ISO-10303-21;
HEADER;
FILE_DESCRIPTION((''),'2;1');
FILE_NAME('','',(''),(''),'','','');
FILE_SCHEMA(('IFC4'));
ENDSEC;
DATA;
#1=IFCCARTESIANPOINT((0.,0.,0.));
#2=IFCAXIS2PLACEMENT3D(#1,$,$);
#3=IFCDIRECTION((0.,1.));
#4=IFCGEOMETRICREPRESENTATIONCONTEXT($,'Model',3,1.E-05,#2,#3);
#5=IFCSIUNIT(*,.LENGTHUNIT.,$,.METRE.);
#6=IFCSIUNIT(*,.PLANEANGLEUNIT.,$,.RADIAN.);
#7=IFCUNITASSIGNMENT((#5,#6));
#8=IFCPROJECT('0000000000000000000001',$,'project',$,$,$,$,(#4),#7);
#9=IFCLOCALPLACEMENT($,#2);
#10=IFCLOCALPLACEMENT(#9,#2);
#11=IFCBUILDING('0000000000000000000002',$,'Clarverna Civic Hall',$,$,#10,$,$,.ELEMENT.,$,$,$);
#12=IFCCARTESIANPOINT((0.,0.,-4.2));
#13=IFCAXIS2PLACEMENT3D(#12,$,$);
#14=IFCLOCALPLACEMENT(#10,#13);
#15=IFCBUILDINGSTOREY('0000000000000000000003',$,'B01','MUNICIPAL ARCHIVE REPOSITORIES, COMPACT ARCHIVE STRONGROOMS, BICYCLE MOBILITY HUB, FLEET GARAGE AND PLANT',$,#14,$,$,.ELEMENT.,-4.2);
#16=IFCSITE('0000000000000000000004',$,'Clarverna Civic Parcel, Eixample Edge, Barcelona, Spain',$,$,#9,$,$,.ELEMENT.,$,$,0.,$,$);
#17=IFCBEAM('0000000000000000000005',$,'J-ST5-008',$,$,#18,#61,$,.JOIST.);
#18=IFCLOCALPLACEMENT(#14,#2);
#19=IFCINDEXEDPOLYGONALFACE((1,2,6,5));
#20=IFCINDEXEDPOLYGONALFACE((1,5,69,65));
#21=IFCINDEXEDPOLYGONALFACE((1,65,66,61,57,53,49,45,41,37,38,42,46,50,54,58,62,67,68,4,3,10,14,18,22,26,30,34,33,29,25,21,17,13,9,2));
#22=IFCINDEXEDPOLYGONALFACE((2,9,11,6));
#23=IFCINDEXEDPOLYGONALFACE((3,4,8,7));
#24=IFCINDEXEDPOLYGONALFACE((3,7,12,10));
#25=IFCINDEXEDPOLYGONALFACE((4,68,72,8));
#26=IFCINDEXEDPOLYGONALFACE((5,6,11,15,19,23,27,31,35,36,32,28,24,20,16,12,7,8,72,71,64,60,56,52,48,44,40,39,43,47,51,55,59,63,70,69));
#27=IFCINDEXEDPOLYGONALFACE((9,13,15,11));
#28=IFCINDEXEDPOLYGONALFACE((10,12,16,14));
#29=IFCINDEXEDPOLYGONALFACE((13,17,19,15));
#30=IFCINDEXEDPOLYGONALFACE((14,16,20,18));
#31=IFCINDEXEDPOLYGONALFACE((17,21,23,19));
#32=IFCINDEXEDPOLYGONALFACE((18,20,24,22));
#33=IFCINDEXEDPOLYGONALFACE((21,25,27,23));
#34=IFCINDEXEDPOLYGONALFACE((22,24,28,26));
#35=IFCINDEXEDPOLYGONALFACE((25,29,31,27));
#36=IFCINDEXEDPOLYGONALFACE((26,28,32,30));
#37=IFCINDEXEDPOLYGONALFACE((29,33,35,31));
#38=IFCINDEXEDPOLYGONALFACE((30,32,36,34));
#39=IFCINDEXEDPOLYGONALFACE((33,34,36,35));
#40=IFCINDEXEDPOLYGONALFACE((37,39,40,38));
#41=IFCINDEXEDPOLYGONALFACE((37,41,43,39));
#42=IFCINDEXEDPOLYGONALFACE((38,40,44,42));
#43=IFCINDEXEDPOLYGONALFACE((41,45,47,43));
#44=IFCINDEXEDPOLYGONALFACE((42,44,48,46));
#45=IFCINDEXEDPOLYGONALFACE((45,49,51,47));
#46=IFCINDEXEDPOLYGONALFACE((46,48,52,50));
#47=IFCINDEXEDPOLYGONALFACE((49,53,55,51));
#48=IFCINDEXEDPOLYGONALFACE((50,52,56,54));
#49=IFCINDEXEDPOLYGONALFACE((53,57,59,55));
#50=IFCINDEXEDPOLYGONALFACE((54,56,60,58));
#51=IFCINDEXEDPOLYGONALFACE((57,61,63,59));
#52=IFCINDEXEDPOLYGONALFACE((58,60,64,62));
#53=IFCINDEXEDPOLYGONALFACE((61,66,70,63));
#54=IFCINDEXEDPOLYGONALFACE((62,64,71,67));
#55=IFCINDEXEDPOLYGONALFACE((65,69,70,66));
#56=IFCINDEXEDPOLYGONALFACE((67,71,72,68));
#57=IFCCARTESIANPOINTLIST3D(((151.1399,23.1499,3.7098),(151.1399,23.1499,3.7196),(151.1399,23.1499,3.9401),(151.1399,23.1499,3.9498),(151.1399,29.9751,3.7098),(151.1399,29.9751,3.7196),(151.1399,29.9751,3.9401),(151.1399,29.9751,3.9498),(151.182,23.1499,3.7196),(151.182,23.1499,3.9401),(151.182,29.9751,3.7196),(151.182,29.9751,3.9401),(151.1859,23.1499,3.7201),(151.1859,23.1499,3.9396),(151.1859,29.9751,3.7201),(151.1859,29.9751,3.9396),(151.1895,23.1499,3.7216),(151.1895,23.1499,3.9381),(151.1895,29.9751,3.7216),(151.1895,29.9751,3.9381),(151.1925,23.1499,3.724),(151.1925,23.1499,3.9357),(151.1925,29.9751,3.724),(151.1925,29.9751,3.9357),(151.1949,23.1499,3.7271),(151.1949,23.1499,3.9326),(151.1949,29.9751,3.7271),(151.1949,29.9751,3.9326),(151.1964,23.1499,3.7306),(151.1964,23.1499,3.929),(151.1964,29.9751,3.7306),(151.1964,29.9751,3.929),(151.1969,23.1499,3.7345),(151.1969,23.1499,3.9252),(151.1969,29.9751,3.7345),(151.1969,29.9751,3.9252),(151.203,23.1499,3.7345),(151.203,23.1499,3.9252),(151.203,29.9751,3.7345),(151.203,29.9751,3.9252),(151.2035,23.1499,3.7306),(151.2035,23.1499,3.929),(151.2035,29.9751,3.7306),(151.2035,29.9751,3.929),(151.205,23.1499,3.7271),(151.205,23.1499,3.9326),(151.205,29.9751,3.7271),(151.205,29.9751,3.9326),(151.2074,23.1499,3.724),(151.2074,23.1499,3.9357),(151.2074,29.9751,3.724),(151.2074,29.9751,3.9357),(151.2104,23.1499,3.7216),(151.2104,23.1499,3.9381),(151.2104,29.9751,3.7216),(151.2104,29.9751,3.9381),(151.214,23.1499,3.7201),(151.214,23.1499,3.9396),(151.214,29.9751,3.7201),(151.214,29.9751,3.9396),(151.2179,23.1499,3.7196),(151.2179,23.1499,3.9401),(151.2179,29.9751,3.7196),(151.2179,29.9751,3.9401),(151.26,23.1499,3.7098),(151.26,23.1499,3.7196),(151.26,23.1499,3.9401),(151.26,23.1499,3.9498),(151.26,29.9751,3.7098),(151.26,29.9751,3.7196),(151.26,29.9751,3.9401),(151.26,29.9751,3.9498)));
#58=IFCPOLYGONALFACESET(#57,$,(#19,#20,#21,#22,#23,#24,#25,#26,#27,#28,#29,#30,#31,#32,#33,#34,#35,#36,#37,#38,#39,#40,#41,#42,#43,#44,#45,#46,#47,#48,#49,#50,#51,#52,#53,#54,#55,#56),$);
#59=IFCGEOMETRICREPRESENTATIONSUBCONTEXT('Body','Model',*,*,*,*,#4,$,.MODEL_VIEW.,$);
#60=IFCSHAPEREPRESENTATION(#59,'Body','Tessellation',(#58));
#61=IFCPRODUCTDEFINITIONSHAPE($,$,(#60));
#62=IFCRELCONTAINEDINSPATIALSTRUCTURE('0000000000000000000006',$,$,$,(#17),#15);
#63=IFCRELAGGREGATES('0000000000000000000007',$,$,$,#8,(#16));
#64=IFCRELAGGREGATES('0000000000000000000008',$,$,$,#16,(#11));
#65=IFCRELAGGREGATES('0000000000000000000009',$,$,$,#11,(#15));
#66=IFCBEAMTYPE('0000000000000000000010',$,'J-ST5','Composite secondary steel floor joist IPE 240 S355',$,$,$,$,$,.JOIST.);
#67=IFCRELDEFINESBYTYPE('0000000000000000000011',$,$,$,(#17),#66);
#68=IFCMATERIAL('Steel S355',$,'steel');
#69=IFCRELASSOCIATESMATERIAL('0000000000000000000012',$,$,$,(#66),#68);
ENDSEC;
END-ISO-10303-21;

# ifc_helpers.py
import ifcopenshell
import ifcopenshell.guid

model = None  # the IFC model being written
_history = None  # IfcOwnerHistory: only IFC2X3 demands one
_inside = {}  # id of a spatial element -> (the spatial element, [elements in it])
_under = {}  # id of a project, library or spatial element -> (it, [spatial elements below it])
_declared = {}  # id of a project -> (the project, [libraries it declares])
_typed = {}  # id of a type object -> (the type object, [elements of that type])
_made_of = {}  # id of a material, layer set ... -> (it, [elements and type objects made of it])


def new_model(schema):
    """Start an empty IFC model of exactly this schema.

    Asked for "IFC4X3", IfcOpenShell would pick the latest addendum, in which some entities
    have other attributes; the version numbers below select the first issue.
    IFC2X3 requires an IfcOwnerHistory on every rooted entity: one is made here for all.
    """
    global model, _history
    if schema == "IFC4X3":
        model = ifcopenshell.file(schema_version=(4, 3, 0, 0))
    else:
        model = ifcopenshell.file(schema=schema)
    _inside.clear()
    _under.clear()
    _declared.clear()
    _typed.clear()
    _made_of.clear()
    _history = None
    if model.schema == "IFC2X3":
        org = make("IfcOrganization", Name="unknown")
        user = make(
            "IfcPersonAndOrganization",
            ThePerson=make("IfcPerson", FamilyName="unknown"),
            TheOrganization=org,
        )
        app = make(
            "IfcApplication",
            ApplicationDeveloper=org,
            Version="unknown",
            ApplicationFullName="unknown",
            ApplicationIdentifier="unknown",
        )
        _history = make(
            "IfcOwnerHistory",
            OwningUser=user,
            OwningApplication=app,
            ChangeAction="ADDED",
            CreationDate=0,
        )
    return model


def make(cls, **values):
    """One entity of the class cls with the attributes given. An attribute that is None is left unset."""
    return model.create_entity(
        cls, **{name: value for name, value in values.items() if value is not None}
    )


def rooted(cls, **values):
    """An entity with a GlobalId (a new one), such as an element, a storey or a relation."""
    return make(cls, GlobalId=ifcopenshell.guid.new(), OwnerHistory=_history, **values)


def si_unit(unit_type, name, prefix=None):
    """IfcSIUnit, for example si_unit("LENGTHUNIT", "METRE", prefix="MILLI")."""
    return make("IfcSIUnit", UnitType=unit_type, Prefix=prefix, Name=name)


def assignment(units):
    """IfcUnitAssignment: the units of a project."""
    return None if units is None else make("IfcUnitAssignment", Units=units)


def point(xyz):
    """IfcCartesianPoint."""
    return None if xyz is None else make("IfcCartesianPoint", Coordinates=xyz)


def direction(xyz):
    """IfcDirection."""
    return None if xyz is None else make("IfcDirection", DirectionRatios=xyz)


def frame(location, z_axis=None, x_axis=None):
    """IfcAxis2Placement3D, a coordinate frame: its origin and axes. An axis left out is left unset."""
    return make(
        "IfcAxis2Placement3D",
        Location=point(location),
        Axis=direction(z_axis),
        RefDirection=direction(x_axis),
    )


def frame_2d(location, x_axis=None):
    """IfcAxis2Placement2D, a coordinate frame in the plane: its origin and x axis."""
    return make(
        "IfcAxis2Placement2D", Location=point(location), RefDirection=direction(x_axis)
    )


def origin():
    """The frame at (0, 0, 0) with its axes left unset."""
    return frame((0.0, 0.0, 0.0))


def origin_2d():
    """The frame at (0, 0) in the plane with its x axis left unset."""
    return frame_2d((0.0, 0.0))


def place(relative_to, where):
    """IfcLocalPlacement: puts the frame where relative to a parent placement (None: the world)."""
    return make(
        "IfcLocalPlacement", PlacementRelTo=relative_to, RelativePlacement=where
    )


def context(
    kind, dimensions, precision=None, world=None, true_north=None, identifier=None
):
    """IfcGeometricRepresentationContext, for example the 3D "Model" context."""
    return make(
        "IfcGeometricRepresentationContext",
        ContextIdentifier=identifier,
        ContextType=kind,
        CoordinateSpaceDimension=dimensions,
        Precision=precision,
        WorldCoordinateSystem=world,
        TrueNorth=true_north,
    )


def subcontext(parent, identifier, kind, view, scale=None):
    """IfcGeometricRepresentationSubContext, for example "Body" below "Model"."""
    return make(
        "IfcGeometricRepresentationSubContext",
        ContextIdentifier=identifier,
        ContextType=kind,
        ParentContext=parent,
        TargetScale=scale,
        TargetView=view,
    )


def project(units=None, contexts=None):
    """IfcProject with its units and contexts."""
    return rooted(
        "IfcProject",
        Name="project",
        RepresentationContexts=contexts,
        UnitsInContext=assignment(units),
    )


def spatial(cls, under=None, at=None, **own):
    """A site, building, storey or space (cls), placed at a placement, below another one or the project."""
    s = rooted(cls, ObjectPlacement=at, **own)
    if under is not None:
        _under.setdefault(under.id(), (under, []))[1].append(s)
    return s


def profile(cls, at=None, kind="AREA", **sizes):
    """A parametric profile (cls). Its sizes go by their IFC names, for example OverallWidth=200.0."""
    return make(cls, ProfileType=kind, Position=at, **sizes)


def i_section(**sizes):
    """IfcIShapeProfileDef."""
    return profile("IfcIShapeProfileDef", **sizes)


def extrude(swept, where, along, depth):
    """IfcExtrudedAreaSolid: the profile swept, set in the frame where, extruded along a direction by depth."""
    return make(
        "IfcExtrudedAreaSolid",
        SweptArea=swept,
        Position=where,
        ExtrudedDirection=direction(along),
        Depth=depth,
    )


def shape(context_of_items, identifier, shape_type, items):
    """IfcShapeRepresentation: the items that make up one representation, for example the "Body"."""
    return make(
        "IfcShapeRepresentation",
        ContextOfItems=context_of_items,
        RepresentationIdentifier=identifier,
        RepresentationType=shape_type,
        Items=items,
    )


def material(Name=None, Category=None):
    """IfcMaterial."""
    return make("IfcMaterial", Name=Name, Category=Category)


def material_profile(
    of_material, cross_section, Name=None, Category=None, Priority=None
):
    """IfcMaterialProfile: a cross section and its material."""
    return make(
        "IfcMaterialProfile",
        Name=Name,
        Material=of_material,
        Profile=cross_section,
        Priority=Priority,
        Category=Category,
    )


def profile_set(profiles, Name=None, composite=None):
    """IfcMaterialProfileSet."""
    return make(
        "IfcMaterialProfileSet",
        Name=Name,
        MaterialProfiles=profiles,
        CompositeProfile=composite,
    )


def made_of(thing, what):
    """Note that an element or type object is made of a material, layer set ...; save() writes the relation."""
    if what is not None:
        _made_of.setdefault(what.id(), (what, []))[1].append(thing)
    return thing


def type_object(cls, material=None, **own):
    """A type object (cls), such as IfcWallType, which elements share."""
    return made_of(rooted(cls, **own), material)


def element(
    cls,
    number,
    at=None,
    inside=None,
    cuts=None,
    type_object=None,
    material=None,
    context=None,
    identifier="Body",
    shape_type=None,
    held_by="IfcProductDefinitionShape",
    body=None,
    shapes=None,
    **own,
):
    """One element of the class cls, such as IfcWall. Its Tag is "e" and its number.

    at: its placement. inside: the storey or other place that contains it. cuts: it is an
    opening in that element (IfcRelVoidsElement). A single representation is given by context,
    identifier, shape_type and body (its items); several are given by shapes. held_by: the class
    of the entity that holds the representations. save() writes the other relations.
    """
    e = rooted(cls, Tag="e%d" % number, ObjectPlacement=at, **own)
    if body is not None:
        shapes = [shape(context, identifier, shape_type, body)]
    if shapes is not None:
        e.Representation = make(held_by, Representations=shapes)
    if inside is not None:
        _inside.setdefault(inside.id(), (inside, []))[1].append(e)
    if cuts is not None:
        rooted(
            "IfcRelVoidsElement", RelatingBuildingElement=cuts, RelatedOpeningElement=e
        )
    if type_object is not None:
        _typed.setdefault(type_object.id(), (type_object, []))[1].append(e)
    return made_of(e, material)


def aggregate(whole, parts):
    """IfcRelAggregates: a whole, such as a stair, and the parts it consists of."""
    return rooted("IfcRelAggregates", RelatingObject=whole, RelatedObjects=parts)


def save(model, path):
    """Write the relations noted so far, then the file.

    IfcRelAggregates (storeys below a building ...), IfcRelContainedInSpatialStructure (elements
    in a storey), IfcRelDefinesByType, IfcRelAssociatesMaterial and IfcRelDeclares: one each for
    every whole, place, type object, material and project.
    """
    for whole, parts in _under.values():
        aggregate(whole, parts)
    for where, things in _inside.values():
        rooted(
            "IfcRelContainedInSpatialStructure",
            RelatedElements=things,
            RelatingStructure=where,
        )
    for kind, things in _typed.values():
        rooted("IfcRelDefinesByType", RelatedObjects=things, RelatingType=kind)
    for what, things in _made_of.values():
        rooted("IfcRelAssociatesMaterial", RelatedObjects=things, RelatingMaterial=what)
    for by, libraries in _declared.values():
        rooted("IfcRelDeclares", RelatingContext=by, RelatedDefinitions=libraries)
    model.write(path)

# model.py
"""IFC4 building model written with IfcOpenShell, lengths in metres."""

from ifc_helpers import new_model, si_unit, direction, frame, origin, origin_2d, place, context, subcontext, project, spatial, i_section, extrude, material, material_profile, profile_set, type_object, element, save


model = new_model("IFC4")

# Units and contexts
model_context = context("Model", 3, precision=1e-05, world=origin(), true_north=direction((0.0, 1.0)))
body_context = subcontext(model_context, "Body", "Model", "MODEL_VIEW")
ifc_project = project(units=[si_unit("LENGTHUNIT", "METRE"), si_unit("PLANEANGLEUNIT", "RADIAN")], contexts=[model_context])

# Site, building, storey
site_placement = place(None, origin())
site = spatial("IfcSite", under=ifc_project, at=site_placement, Name="Clarverna Civic Parcel, Eixample Edge, Barcelona, Spain", CompositionType="ELEMENT", RefElevation=0.0)
building_placement = place(site_placement, origin())
building = spatial("IfcBuilding", under=site, at=building_placement, Name="Clarverna Civic Hall", CompositionType="ELEMENT")
storey_placement = place(building_placement, frame((0.0, 0.0, -4.2)))
storey = spatial("IfcBuildingStorey", under=building, at=storey_placement, Name="B01", Description="MUNICIPAL ARCHIVE REPOSITORIES, COMPACT ARCHIVE STRONGROOMS, BICYCLE MOBILITY HUB, FLEET GARAGE AND PLANT", CompositionType="ELEMENT", Elevation=-4.2)

# Beam
ifc_material_1 = material(Name="Steel S355", Category="steel")
ifc_material_profile_1 = material_profile(ifc_material_1, i_section(OverallWidth=0.1201, OverallDepth=0.24, WebThickness=0.0061, FlangeThickness=0.0098, FilletRadius=0.0149, at=origin_2d()), Name="IPE 240")
ifc_profile_set_1 = profile_set([ifc_material_profile_1], Name="Steel S355")
beam_type_1 = type_object("IfcBeamType", Name="J-ST5", Description="Composite secondary steel floor joist IPE 240 S355", PredefinedType="JOIST", material=ifc_profile_set_1)
beam_1_placement = place(storey_placement, frame((151.2, 23.1499, 3.8298), z_axis=(0.0, 1.0, 0.0), x_axis=(-1.0, 0.0, 0.0)))
element("IfcBeam", 1, at=beam_1_placement, inside=storey, type_object=beam_type_1, Name="J-ST5-008", PredefinedType="JOIST", context=body_context, shape_type="SweptSolid", body=[
    extrude(i_section(OverallWidth=0.1201, OverallDepth=0.24, WebThickness=0.0061, FlangeThickness=0.0098, FilletRadius=0.0149, at=origin_2d()), origin(), (0.0, 0.0, 1.0), 6.8252),
])

save(model, "model.ifc")
